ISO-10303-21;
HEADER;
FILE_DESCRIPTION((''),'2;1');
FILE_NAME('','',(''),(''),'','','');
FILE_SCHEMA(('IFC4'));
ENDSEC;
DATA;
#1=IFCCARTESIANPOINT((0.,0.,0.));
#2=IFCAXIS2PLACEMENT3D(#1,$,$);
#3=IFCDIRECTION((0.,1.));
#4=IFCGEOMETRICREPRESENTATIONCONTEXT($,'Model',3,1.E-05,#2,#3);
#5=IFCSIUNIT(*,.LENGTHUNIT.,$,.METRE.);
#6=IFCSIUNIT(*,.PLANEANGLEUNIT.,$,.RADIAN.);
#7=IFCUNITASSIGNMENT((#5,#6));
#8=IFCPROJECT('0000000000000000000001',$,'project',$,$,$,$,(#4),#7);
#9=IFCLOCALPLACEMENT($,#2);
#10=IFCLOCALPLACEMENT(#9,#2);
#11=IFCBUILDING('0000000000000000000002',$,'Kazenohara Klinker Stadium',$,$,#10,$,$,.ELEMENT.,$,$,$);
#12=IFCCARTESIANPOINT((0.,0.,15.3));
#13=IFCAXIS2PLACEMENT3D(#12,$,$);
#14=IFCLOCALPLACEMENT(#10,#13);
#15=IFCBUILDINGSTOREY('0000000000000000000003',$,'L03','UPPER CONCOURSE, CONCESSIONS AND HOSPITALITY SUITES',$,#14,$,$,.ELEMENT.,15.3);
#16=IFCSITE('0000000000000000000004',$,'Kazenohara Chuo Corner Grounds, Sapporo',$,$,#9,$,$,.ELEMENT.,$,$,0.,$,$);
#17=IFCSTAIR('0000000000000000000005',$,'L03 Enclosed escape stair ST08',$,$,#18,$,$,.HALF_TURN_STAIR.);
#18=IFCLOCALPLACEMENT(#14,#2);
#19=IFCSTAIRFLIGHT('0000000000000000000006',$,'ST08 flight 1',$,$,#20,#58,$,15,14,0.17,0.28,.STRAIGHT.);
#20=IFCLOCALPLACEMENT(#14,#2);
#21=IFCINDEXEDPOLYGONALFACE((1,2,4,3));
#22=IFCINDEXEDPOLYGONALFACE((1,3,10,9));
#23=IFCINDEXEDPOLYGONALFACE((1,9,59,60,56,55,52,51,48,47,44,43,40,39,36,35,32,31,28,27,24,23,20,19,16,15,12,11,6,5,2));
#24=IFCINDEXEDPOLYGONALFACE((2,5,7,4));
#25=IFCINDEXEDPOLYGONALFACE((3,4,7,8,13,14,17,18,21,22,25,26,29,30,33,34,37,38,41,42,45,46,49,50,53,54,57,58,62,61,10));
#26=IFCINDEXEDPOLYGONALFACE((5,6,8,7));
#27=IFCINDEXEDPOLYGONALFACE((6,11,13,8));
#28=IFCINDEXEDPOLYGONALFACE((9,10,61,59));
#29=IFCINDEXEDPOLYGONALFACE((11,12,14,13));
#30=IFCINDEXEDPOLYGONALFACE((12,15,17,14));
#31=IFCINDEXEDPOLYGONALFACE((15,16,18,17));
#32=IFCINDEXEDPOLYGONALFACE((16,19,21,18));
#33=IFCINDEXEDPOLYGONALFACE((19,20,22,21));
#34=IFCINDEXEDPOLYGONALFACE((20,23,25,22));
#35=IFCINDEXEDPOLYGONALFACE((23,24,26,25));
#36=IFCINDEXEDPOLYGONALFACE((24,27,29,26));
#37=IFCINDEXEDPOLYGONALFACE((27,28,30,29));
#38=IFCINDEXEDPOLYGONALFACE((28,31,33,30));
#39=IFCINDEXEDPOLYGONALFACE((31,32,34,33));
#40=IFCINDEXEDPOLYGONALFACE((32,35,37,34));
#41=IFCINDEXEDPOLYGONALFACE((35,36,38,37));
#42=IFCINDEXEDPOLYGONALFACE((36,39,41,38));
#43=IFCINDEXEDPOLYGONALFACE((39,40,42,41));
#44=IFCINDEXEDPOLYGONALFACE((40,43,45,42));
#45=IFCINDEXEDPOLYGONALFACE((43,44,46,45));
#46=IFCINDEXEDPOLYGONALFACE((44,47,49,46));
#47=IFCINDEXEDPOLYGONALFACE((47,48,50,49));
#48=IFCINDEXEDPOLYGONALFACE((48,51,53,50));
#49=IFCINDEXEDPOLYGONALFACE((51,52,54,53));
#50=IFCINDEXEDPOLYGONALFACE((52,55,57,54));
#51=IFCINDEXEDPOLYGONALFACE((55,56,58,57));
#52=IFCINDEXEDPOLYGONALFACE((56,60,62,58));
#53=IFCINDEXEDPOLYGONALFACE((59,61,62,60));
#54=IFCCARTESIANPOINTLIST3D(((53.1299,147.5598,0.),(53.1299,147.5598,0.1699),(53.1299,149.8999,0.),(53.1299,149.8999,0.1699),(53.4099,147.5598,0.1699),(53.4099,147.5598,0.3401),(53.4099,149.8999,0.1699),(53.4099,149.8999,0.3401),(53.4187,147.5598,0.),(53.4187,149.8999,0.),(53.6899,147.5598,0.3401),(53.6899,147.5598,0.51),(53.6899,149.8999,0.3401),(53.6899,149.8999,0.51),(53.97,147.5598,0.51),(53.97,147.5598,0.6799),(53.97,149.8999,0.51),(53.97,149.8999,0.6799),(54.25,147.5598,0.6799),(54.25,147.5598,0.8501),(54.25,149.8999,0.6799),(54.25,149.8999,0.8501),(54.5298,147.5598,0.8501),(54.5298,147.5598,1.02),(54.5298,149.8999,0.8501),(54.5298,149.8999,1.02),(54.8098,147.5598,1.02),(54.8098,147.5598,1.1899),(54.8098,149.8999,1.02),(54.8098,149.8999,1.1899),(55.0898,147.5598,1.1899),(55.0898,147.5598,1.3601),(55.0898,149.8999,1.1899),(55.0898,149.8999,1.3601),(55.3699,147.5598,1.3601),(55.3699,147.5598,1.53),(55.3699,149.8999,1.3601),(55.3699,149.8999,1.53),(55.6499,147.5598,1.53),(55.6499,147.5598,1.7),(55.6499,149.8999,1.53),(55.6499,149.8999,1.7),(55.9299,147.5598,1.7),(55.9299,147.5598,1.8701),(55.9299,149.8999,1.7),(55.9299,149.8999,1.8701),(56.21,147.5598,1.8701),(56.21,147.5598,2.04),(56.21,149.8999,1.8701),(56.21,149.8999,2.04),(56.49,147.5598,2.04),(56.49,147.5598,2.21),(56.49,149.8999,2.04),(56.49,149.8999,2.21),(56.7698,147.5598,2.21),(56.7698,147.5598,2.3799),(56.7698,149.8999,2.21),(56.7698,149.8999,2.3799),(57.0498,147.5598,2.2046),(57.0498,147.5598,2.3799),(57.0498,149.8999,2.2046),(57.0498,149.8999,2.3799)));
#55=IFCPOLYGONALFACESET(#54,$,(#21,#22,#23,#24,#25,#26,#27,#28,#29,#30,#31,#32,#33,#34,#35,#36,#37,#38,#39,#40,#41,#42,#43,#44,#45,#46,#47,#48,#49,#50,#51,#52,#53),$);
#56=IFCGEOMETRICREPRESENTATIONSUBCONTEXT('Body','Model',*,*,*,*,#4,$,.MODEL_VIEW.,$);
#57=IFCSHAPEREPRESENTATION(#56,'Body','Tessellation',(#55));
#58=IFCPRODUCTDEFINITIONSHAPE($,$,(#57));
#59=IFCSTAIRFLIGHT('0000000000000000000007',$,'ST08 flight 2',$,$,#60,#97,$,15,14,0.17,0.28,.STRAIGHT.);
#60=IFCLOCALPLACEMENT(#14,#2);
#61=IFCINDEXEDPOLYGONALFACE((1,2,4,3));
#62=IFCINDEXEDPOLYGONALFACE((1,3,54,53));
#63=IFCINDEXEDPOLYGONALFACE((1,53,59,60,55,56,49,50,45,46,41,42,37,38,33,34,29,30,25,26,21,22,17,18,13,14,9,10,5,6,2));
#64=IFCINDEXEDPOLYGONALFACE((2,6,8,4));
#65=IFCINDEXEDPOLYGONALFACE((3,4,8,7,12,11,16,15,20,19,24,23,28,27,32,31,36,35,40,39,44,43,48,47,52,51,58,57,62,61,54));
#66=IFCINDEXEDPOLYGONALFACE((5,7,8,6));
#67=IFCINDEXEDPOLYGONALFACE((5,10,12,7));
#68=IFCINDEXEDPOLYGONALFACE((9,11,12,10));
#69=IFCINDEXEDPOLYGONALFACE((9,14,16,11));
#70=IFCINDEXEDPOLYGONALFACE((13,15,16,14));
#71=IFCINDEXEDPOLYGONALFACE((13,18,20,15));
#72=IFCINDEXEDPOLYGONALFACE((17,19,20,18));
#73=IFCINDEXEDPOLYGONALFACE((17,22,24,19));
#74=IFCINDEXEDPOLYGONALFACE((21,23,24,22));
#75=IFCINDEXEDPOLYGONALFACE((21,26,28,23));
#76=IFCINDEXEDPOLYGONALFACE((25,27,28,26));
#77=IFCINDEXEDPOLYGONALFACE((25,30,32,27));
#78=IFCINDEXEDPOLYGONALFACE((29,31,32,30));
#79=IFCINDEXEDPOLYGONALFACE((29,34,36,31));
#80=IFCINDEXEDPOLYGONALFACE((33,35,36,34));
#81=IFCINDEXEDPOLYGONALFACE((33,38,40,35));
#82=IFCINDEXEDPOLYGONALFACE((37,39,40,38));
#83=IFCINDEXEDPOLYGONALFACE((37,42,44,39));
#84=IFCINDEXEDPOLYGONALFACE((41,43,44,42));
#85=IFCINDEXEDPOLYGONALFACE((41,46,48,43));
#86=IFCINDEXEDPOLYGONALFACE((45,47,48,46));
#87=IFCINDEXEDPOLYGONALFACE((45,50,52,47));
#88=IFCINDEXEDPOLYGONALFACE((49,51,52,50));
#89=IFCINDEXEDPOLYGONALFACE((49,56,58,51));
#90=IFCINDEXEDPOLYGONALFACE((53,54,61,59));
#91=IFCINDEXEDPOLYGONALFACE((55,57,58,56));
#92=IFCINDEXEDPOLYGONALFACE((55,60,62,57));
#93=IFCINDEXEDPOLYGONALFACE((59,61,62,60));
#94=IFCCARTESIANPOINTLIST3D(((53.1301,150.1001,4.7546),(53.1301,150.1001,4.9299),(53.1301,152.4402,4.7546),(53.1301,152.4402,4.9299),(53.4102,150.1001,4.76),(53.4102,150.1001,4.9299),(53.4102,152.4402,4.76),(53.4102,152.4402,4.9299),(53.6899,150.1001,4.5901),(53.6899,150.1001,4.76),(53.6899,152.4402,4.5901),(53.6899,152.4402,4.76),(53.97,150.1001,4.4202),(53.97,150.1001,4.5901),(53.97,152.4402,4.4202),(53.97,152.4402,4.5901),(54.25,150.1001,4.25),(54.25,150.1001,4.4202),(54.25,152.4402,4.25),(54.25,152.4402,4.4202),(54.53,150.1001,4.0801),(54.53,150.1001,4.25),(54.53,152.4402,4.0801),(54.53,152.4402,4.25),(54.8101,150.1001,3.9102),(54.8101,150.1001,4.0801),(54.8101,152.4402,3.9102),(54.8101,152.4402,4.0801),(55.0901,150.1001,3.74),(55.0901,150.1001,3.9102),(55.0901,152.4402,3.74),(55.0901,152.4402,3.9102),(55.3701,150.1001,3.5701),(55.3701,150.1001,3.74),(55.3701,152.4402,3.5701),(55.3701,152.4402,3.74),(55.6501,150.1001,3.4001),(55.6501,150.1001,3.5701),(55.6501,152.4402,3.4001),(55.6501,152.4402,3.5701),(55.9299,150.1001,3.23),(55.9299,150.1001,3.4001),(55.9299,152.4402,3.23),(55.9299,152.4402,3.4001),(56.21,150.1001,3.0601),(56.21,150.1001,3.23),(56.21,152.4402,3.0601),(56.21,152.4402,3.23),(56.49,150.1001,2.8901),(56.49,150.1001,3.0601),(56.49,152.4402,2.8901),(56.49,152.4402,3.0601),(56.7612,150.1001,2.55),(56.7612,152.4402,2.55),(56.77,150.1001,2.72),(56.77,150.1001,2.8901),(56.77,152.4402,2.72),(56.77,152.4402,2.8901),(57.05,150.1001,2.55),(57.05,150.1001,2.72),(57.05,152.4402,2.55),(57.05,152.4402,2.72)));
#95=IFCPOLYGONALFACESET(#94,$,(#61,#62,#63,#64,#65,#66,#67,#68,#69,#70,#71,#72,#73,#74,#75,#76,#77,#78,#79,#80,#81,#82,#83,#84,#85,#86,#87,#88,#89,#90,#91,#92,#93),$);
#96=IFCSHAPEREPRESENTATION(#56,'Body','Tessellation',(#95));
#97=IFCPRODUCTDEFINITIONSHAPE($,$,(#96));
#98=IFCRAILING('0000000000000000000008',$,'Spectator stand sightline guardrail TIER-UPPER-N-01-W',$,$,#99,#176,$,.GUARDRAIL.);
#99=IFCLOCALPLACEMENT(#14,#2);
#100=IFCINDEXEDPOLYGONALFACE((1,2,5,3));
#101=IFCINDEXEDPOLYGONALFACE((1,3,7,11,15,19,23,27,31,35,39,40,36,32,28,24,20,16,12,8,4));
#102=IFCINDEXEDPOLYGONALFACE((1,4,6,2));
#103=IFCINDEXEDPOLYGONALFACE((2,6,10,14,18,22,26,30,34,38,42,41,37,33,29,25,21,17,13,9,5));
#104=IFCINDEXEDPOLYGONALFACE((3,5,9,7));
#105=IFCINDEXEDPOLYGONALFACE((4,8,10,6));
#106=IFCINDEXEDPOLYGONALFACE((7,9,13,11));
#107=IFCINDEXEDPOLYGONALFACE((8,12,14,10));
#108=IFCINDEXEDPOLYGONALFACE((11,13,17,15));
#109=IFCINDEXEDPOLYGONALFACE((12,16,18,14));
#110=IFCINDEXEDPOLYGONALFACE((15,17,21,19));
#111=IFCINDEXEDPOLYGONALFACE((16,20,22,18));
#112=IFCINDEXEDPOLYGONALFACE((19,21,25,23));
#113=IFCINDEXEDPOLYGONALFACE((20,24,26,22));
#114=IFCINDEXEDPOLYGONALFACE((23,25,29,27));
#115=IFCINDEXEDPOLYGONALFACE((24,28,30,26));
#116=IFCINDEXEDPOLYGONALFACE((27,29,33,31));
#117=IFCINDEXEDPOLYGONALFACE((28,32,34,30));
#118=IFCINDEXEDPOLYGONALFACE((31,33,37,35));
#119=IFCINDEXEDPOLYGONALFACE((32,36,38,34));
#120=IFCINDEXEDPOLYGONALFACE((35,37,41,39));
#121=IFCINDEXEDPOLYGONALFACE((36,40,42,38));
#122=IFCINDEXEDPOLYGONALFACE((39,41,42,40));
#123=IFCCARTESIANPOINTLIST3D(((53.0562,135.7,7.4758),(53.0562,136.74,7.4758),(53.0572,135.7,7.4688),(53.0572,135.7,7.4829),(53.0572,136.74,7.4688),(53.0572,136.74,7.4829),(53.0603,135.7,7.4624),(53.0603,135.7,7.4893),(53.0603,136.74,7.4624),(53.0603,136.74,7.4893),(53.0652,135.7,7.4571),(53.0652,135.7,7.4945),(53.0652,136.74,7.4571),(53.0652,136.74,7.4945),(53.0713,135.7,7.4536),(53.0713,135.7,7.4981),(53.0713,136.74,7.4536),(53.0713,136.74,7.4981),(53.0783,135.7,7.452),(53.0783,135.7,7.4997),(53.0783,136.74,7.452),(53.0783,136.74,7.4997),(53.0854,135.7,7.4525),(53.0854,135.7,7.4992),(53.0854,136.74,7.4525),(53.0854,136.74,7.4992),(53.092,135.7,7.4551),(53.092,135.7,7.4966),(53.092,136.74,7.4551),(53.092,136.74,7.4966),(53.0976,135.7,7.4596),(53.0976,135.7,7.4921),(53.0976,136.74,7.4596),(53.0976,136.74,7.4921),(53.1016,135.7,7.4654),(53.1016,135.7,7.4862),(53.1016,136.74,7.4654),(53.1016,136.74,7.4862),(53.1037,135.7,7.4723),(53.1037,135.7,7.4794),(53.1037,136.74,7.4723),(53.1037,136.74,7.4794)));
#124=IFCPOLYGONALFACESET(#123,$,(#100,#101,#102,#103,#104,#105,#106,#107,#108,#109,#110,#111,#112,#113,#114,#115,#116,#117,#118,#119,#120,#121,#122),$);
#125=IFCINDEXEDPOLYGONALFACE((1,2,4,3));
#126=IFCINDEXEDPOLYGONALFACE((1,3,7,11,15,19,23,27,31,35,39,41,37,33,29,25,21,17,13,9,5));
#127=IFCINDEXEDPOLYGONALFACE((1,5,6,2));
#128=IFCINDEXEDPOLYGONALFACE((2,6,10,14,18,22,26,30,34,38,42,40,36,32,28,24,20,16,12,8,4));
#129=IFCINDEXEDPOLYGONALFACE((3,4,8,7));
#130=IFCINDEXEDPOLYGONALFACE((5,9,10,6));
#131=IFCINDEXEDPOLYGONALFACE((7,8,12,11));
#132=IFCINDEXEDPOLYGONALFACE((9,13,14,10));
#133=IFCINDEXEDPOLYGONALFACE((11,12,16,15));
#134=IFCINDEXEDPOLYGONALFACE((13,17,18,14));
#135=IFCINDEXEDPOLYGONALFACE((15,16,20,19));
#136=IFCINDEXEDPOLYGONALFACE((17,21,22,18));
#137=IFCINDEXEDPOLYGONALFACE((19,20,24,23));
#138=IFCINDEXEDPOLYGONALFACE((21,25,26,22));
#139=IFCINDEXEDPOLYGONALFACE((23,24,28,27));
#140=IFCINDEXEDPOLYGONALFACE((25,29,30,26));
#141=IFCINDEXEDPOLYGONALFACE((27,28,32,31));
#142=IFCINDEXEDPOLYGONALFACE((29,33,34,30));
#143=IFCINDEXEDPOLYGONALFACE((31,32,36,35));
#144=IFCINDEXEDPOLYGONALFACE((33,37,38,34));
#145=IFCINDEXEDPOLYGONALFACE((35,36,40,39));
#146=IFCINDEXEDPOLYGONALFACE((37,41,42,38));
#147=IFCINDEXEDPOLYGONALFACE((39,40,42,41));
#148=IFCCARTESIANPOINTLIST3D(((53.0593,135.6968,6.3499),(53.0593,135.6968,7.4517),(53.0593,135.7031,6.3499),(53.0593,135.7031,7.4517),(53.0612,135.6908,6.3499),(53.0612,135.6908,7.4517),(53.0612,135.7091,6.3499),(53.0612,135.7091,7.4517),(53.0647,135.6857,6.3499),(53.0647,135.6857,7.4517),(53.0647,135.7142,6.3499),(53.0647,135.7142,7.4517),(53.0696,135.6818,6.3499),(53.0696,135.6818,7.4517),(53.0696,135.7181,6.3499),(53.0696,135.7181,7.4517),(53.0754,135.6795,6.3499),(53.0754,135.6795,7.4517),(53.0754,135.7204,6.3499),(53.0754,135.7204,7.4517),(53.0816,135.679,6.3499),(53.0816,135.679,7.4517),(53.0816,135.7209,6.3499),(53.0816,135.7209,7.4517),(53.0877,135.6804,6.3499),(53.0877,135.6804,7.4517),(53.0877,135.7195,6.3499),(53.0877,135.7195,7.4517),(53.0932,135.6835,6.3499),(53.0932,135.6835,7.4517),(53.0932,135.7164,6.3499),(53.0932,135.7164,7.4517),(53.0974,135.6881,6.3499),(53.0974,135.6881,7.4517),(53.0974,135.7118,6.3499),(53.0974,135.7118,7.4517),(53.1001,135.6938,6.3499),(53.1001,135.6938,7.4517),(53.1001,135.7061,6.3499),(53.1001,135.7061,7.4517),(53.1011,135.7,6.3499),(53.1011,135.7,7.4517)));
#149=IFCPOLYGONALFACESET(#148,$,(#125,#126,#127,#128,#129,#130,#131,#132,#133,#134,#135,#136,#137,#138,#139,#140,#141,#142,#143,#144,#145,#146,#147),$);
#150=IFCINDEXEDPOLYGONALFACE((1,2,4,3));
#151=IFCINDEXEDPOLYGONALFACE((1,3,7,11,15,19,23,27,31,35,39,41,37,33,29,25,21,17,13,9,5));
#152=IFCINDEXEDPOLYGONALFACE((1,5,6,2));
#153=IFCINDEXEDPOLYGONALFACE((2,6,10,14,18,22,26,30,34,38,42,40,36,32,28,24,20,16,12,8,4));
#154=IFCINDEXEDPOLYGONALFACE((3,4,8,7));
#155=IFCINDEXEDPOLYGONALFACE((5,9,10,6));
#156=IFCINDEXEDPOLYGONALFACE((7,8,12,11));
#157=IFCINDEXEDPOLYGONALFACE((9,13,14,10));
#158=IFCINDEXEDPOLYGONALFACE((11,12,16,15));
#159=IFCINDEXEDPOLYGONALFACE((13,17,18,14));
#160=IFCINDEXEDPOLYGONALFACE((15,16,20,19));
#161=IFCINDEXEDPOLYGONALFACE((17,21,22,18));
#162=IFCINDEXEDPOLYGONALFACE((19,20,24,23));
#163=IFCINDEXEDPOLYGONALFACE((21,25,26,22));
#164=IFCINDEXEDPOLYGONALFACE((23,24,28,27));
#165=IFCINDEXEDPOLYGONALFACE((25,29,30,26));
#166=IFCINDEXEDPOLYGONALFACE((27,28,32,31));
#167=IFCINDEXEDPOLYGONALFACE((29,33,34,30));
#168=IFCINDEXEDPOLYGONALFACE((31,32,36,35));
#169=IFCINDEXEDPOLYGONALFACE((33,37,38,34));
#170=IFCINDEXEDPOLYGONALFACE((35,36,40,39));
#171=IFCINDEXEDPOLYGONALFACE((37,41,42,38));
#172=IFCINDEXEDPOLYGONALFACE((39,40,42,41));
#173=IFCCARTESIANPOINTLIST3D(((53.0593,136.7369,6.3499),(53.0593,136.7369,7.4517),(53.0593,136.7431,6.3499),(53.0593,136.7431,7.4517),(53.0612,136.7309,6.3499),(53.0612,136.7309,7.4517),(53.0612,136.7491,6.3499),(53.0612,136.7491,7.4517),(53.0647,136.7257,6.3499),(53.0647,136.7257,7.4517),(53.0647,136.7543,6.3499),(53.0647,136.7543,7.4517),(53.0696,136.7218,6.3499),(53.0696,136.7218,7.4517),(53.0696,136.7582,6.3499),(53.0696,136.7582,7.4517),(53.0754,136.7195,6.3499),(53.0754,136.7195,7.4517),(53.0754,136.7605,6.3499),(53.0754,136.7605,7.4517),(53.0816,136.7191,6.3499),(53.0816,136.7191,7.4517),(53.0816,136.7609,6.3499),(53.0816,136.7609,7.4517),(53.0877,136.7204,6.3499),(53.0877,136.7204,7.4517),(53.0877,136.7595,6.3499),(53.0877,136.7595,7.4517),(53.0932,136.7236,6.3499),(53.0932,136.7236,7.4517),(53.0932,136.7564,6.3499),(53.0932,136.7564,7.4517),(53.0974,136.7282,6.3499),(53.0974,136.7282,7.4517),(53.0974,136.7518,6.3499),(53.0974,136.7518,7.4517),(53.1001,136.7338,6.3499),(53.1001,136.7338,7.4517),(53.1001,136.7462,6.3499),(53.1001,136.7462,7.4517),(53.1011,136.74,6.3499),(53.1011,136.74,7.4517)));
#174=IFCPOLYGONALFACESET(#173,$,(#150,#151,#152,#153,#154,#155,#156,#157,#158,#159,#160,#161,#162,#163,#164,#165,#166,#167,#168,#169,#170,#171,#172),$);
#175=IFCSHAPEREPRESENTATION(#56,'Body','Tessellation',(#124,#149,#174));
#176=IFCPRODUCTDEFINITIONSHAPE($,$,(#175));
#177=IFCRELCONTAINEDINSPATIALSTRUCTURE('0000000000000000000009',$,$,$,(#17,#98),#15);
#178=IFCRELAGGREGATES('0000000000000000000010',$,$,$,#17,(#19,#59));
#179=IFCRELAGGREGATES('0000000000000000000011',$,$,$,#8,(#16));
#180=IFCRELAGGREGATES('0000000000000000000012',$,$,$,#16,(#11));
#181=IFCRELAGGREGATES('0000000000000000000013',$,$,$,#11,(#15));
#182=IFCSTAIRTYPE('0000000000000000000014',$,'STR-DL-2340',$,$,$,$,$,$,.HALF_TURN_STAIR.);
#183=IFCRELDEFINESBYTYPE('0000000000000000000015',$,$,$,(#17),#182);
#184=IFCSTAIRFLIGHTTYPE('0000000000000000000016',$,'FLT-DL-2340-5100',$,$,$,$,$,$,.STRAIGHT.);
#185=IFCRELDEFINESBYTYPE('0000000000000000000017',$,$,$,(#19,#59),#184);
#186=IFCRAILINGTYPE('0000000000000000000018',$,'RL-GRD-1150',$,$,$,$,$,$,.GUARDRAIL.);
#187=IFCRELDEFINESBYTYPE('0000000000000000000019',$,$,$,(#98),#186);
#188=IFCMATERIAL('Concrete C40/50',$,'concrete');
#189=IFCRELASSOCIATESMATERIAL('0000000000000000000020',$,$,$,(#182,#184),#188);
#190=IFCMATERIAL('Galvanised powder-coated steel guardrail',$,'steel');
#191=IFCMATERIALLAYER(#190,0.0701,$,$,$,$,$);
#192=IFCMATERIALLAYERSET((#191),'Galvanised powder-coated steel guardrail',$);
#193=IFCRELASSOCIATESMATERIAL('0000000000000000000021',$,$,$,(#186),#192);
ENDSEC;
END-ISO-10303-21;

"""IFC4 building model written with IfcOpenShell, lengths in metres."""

from ifc_helpers import new_model, si_unit, direction, frame, origin, origin_2d, place, context, subcontext, project, spatial, polyline, circle, outline, extrude, material, layer, layer_set, type_object, element, aggregate, save


model = new_model("IFC4")

# Units and contexts
model_context = context("Model", 3, precision=1e-05, world=origin(), true_north=direction((0.0, 1.0)))
body_context = subcontext(model_context, "Body", "Model", "MODEL_VIEW")
ifc_project = project(units=[si_unit("LENGTHUNIT", "METRE"), si_unit("PLANEANGLEUNIT", "RADIAN")], contexts=[model_context])

# Site, building, storey
site_placement = place(None, origin())
site = spatial("IfcSite", under=ifc_project, at=site_placement, Name="Kazenohara Chuo Corner Grounds, Sapporo", CompositionType="ELEMENT", RefElevation=0.0)
building_placement = place(site_placement, origin())
building = spatial("IfcBuilding", under=site, at=building_placement, Name="Kazenohara Klinker Stadium", CompositionType="ELEMENT")
storey_placement = place(building_placement, frame((0.0, 0.0, 15.3)))
storey = spatial("IfcBuildingStorey", under=building, at=storey_placement, Name="L03", Description="UPPER CONCOURSE, CONCESSIONS AND HOSPITALITY SUITES", CompositionType="ELEMENT", Elevation=15.3)

# Shared definitions
ifc_material_1 = material(Name="Concrete C40/50", Category="concrete")

# Stair, stair flights
stair_type = type_object("IfcStairType", Name="STR-DL-2340", PredefinedType="HALF_TURN_STAIR", material=ifc_material_1)
stair_placement = place(storey_placement, origin())
stair = element("IfcStair", 1, at=stair_placement, inside=storey, type_object=stair_type, Name="L03 Enclosed escape stair ST08", PredefinedType="HALF_TURN_STAIR")
stair_flight_type = type_object("IfcStairFlightType", Name="FLT-DL-2340-5100", PredefinedType="STRAIGHT", material=ifc_material_1)
stair_flight_1_placement = place(storey_placement, frame((53.1299, 148.73, 0.0), z_axis=(0.0, 0.0, 1.0), x_axis=(1.0, 0.0, 0.0)))
stair_flight_1 = element("IfcStairFlight", 2, at=stair_flight_1_placement, type_object=stair_flight_type, Name="ST08 flight 1", NumberOfRisers=15, NumberOfTreads=14, PredefinedType="STRAIGHT", RiserHeight=0.17, TreadLength=0.28, context=body_context, shape_type="SweptSolid", body=[
    extrude(outline(polyline([(0.0, 0.0), (0.0, 0.1699), (0.28, 0.1699), (0.28, 0.3401), (0.5601, 0.3401), (0.5601, 0.51), (0.8401, 0.51), (0.8401, 0.6799), (1.1201, 0.6799), (1.1201, 0.8501), (1.3999, 0.8501), (1.3999, 1.02), (1.6799, 1.02), (1.6799, 1.1899), (1.96, 1.1899), (1.96, 1.3601), (2.24, 1.3601), (2.24, 1.53), (2.52, 1.53), (2.52, 1.7), (2.8, 1.7), (2.8, 1.8701), (3.0801, 1.8701), (3.0801, 2.04), (3.3601, 2.04), (3.3601, 2.21), (3.6399, 2.21), (3.6399, 2.3799), (3.9199, 2.3799), (3.9199, 2.55), (3.9199, 2.2046), (0.2888, 0.0), (0.0, 0.0)])), frame((0.0, 1.1699, 0.0), z_axis=(0.0, -1.0, 0.0), x_axis=(1.0, 0.0, 0.0)), (0.0, 0.0, 1.0), 2.3401),
])
stair_flight_2_placement = place(storey_placement, frame((57.05, 151.27, 2.55), z_axis=(0.0, 0.0, 1.0), x_axis=(-1.0, 0.0, 0.0)))
stair_flight_2 = element("IfcStairFlight", 3, at=stair_flight_2_placement, type_object=stair_flight_type, Name="ST08 flight 2", NumberOfRisers=15, NumberOfTreads=14, PredefinedType="STRAIGHT", RiserHeight=0.17, TreadLength=0.28, context=body_context, shape_type="SweptSolid", body=[
    extrude(outline(polyline([(0.0, 0.0), (0.0, 0.1699), (0.28, 0.1699), (0.28, 0.3401), (0.5601, 0.3401), (0.5601, 0.51), (0.8401, 0.51), (0.8401, 0.6799), (1.1201, 0.6799), (1.1201, 0.8501), (1.3999, 0.8501), (1.3999, 1.02), (1.6799, 1.02), (1.6799, 1.1899), (1.96, 1.1899), (1.96, 1.3601), (2.24, 1.3601), (2.24, 1.53), (2.52, 1.53), (2.52, 1.7), (2.8, 1.7), (2.8, 1.8701), (3.0801, 1.8701), (3.0801, 2.04), (3.3601, 2.04), (3.3601, 2.21), (3.6399, 2.21), (3.6399, 2.3799), (3.9199, 2.3799), (3.9199, 2.55), (3.9199, 2.2046), (0.2888, 0.0), (0.0, 0.0)])), frame((0.0, 1.1699, 0.0), z_axis=(0.0, -1.0, 0.0), x_axis=(1.0, 0.0, 0.0)), (0.0, 0.0, 1.0), 2.3401),
])
aggregate(stair, [stair_flight_1, stair_flight_2])

# Railing
ifc_material_2 = material(Name="Galvanised powder-coated steel guardrail", Category="steel")
ifc_layer_1 = layer(ifc_material_2, 0.0701)
ifc_layer_set_1 = layer_set([ifc_layer_1], Name="Galvanised powder-coated steel guardrail")
railing_type_1 = type_object("IfcRailingType", Name="RL-GRD-1150", PredefinedType="GUARDRAIL", material=ifc_layer_set_1)
railing_1_placement = place(storey_placement, frame((53.0801, 135.7, 6.3499)))
element("IfcRailing", 4, at=railing_1_placement, inside=storey, type_object=railing_type_1, Name="Spectator stand sightline guardrail TIER-UPPER-N-01-W", PredefinedType="GUARDRAIL", context=body_context, shape_type="SweptSolid", body=[
    extrude(circle(Radius=0.0239, at=origin_2d()), frame((0.0, 0.0, 1.126), z_axis=(0.0, 1.0, 0.0), x_axis=(-1.0, 0.0, 0.0)), (0.0, 0.0, 1.0), 1.04),
    extrude(circle(Radius=0.021, at=origin_2d()), origin(), (0.0, 0.0, 1.0), 1.1018),
    extrude(circle(Radius=0.021, at=origin_2d()), frame((0.0, 1.04, 0.0)), (0.0, 0.0, 1.0), 1.1018),
])

save(model, "model.ifc")
